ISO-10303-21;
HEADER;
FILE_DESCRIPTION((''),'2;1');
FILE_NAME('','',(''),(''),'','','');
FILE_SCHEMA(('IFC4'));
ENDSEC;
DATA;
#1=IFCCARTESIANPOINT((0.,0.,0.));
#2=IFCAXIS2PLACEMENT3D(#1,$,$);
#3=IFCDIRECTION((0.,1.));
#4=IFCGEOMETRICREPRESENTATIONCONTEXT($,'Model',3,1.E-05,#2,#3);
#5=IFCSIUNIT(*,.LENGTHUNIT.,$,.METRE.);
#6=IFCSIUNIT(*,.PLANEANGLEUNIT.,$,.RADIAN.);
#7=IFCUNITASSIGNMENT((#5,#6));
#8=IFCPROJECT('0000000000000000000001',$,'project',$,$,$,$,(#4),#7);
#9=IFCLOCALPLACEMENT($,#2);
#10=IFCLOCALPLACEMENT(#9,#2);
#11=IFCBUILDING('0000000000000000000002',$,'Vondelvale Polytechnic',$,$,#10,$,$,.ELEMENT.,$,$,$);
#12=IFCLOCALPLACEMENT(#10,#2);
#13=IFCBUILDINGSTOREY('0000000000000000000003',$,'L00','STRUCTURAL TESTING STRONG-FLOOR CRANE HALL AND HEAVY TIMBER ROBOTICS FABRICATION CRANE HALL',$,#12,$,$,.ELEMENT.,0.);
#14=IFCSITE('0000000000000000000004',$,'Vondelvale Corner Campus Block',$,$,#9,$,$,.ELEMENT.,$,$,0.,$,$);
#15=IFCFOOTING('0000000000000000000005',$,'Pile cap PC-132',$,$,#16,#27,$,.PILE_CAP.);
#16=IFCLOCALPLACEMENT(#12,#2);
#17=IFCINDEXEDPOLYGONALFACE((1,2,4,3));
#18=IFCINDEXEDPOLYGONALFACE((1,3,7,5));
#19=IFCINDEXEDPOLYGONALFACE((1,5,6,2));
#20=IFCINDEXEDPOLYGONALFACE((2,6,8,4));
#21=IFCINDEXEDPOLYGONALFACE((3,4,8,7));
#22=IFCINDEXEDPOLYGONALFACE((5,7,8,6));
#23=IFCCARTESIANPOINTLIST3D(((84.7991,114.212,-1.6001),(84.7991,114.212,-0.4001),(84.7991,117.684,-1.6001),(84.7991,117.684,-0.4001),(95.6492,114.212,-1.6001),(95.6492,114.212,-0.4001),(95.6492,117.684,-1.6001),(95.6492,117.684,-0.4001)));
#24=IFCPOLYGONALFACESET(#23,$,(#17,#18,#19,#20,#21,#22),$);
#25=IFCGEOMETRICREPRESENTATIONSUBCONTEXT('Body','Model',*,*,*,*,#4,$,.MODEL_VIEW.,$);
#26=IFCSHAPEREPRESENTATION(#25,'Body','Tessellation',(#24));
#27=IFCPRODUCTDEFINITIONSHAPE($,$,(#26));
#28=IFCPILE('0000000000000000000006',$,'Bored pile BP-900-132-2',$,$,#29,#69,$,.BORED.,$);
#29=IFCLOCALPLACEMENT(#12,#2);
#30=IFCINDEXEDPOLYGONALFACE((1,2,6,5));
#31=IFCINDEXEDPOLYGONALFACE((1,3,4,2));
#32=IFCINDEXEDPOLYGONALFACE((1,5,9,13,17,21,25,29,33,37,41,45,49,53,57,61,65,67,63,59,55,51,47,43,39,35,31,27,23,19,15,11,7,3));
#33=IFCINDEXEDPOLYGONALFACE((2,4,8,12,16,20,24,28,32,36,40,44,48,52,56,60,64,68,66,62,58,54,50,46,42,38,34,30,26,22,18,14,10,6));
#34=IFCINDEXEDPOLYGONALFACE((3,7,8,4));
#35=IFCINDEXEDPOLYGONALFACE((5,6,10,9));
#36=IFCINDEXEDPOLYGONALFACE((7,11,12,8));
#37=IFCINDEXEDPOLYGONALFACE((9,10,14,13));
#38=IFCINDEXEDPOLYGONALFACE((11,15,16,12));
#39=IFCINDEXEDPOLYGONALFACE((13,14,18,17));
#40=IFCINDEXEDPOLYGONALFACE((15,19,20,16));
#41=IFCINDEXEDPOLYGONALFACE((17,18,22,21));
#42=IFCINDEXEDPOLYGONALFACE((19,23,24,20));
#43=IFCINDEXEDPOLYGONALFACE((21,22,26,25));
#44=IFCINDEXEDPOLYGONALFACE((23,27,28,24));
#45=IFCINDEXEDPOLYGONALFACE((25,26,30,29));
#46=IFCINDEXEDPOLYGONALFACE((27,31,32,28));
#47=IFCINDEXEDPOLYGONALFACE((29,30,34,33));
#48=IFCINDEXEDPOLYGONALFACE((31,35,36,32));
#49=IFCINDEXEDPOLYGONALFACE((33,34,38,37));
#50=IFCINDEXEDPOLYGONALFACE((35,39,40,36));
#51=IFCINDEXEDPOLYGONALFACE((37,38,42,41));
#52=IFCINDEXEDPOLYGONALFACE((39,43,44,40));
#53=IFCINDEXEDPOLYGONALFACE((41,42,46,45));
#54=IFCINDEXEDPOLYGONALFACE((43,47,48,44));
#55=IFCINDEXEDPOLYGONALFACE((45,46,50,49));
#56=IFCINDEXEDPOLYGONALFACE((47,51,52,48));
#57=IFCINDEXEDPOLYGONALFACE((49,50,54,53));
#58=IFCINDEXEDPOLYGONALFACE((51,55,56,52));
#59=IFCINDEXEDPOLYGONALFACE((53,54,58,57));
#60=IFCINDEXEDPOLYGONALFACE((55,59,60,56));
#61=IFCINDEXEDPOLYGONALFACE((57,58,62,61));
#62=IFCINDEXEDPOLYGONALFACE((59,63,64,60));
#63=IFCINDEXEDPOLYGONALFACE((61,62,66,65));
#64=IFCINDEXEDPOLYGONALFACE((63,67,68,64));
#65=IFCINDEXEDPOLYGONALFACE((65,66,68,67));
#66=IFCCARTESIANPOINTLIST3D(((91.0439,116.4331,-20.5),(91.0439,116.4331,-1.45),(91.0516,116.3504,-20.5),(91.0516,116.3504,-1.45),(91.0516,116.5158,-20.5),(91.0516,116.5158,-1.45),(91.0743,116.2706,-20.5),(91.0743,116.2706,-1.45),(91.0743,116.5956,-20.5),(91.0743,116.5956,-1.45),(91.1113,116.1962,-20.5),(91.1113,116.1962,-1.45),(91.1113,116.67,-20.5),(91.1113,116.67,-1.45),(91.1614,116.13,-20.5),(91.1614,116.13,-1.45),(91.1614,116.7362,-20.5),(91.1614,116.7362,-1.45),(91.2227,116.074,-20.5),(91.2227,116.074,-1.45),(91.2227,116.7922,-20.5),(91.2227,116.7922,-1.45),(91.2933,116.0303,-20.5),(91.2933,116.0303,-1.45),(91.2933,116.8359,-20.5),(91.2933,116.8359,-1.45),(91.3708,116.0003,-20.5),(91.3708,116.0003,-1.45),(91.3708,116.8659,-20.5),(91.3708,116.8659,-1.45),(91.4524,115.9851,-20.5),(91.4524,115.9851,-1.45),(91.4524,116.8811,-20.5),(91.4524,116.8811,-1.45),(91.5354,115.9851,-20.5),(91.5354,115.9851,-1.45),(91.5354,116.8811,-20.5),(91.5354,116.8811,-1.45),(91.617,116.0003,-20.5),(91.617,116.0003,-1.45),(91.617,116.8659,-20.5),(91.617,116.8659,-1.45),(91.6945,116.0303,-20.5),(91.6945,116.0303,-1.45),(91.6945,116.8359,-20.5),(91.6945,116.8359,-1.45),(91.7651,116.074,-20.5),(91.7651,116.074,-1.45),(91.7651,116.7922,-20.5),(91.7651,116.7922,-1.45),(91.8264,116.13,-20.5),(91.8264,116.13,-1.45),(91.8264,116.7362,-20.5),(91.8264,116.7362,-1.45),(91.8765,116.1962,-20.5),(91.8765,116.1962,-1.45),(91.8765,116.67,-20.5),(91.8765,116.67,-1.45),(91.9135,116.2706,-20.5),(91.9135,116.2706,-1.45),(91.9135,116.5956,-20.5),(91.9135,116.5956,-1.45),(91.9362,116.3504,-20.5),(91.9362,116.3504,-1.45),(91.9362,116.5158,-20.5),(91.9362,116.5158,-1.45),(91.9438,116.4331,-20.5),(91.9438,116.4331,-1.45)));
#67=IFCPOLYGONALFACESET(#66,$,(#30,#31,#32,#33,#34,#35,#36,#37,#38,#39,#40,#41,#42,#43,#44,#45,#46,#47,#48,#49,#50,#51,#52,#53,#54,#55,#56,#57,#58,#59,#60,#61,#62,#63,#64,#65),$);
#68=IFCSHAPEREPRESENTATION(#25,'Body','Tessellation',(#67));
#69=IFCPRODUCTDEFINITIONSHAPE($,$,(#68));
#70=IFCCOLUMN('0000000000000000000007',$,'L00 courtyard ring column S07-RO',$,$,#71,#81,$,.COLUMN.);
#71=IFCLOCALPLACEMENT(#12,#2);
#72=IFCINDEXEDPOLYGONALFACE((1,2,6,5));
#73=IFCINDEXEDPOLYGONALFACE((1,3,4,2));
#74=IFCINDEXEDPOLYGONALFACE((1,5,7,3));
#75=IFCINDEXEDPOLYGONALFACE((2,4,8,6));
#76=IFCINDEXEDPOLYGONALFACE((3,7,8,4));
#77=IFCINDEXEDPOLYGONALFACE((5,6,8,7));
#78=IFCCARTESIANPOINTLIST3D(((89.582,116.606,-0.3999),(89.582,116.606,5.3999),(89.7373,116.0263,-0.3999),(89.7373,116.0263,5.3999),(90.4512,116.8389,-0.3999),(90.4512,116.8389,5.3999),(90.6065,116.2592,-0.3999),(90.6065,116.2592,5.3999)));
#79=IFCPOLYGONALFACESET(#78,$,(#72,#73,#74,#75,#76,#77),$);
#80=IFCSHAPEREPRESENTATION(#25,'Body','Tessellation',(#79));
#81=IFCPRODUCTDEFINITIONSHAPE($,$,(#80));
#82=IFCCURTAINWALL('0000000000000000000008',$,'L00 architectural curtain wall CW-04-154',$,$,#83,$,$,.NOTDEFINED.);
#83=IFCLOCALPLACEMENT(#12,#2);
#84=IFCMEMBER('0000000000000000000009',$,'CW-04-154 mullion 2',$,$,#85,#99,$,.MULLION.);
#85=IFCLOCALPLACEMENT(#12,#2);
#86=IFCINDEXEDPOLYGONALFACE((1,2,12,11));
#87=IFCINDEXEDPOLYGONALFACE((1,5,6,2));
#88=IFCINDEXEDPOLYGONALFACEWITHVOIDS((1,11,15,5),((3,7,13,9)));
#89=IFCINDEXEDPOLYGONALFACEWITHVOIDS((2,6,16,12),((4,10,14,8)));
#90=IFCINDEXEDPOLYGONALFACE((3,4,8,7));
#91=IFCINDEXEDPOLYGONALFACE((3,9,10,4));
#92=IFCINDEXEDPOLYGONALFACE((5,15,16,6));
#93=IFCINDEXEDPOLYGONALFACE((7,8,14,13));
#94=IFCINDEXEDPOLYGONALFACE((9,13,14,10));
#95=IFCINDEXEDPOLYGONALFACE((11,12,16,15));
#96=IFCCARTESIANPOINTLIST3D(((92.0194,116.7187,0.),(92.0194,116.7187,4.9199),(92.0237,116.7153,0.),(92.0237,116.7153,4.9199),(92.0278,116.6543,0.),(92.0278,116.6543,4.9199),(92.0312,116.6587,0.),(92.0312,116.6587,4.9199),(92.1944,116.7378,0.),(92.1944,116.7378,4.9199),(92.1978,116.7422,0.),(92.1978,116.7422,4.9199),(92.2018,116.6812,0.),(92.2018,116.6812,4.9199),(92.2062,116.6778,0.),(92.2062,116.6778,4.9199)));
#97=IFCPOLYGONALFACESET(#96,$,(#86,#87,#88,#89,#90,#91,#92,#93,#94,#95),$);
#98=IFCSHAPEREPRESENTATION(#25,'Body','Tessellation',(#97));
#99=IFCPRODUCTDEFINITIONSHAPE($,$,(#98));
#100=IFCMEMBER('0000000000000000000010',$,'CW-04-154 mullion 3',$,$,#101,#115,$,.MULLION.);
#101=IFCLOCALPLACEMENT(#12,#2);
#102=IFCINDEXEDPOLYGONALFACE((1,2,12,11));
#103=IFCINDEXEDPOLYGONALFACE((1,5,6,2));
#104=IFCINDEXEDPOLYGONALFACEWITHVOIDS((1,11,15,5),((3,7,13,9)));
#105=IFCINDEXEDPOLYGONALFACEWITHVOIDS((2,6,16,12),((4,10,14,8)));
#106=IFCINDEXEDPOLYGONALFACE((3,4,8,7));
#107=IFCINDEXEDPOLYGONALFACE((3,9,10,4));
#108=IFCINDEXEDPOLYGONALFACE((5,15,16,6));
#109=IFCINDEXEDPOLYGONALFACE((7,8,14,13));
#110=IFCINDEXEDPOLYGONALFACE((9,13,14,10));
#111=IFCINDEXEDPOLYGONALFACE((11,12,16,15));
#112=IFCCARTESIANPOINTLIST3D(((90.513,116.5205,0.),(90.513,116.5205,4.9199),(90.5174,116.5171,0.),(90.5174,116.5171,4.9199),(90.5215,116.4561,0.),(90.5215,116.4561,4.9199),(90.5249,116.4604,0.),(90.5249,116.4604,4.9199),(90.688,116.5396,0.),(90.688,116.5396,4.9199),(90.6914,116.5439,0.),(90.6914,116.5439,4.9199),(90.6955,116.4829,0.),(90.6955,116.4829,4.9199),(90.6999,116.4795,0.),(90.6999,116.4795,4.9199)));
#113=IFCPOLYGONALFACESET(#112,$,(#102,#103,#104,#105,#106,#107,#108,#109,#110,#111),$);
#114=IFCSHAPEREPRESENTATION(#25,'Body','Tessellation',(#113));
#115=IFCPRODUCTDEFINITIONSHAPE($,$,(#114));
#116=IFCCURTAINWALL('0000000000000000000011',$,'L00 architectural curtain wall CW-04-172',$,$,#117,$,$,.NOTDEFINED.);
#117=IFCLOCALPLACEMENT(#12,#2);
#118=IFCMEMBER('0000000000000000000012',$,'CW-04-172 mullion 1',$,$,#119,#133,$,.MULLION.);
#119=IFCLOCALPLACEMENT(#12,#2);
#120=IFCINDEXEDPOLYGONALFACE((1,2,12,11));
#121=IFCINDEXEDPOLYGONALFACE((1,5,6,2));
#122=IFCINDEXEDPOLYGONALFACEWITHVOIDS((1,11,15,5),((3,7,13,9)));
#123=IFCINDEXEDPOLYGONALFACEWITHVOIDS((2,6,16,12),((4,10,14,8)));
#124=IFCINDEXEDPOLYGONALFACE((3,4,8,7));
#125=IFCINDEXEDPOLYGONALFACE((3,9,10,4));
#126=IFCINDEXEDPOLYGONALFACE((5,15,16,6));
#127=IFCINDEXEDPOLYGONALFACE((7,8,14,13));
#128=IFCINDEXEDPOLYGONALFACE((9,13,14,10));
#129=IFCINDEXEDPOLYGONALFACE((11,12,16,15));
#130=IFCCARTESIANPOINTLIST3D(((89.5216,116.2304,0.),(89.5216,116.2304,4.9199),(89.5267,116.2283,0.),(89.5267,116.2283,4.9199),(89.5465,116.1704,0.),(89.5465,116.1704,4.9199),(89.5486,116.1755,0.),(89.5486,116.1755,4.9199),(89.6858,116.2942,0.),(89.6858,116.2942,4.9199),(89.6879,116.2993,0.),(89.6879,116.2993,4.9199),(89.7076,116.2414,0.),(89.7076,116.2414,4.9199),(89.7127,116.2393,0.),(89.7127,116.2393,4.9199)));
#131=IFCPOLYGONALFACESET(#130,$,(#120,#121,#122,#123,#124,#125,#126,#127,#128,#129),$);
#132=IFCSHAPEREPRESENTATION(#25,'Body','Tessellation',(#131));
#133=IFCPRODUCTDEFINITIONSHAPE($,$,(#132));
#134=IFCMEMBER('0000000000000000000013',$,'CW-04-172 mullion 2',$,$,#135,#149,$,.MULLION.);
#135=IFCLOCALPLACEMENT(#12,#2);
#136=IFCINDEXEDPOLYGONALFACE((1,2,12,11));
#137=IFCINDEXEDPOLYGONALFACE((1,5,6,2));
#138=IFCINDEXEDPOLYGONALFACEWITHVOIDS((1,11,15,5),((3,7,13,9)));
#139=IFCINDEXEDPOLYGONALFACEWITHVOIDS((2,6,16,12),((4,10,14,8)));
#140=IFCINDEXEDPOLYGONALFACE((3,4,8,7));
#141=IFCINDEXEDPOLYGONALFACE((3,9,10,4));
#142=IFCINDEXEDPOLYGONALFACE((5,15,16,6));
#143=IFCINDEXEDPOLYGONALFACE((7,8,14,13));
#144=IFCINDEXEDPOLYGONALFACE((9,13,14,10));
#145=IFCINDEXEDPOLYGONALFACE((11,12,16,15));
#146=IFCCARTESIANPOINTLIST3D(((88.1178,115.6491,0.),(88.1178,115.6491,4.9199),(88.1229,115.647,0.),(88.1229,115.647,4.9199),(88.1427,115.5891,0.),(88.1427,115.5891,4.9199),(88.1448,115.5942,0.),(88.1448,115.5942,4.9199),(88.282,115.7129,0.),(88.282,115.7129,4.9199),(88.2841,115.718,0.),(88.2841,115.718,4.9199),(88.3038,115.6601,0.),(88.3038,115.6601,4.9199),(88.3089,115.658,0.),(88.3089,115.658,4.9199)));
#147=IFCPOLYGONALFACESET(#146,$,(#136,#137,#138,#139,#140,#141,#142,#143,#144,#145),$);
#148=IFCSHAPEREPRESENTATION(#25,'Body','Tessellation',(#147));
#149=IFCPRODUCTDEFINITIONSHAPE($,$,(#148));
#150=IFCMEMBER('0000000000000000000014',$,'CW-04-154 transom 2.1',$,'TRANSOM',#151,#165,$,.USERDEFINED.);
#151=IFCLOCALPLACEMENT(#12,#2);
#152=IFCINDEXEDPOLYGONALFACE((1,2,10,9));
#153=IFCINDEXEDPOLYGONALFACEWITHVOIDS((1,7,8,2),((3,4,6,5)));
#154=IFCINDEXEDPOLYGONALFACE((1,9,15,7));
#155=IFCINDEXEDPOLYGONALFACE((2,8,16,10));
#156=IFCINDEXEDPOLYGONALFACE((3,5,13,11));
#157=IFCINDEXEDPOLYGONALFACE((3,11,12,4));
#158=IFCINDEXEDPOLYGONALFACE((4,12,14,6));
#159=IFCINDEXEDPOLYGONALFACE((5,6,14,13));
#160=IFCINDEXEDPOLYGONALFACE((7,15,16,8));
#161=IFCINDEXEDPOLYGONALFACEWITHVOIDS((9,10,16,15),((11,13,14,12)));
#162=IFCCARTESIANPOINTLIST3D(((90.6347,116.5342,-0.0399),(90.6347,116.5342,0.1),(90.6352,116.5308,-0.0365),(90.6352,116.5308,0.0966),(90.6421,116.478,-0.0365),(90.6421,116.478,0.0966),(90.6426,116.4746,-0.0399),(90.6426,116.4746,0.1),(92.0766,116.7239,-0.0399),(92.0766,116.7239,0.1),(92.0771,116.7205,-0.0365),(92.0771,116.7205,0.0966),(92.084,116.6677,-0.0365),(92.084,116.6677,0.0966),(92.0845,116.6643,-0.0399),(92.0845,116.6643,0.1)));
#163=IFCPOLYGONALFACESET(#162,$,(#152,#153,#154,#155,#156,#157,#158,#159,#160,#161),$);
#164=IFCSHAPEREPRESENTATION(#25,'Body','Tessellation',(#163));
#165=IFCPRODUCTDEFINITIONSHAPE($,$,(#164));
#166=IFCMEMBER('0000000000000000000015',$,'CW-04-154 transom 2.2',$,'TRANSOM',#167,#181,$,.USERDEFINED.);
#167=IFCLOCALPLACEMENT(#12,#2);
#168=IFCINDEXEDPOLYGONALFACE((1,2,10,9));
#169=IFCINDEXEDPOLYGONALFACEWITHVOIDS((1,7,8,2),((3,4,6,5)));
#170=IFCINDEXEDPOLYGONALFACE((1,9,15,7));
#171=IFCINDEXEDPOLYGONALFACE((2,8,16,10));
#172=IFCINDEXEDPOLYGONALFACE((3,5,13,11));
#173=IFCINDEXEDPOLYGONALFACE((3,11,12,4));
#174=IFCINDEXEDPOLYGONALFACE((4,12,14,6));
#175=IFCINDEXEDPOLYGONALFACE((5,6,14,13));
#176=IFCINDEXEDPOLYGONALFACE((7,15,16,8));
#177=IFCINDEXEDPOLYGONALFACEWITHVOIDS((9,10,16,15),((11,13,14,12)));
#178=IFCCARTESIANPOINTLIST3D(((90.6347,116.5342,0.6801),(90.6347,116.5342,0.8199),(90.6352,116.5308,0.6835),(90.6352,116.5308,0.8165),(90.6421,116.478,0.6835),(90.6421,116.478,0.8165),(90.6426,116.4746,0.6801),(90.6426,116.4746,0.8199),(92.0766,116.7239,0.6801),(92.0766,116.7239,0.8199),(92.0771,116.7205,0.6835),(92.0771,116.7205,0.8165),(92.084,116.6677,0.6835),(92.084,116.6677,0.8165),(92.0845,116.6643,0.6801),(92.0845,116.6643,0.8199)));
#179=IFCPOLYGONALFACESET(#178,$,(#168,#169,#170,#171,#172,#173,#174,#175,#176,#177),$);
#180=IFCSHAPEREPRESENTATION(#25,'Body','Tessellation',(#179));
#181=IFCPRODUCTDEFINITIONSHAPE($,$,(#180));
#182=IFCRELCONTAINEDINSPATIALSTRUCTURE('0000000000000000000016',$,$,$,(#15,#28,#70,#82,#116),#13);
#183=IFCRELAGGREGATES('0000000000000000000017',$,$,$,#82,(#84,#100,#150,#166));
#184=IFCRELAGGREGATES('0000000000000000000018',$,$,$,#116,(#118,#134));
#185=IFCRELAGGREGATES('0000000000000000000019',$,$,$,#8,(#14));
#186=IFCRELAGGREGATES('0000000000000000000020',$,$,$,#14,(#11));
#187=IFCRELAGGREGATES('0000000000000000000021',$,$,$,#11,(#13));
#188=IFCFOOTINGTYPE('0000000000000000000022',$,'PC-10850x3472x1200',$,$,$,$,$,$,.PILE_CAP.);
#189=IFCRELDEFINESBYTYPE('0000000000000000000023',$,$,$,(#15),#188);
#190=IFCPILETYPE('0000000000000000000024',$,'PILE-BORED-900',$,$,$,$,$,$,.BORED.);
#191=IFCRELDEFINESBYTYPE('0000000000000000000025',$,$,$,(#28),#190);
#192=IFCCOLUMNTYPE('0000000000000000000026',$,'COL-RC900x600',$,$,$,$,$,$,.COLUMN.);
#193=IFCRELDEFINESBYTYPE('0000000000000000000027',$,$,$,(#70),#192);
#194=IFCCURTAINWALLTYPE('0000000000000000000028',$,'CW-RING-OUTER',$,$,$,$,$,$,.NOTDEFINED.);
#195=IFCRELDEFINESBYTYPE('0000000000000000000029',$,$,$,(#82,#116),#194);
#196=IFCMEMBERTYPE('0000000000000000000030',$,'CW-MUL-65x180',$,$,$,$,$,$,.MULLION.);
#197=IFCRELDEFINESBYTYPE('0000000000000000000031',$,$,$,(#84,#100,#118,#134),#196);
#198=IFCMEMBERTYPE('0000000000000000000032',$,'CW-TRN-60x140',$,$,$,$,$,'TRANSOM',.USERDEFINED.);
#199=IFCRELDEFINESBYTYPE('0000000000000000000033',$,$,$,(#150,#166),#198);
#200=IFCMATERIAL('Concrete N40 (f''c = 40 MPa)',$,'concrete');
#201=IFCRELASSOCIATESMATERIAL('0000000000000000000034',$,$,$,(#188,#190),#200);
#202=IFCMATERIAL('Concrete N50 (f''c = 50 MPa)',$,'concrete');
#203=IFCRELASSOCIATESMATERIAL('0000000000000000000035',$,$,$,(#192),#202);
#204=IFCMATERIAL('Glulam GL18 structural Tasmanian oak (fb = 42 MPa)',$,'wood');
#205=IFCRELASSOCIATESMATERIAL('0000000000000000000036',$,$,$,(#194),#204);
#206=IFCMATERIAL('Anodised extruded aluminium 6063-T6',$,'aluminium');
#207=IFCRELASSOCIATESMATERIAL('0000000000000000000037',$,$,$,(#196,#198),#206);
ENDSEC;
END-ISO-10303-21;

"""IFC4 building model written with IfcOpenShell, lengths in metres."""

from ifc_helpers import new_model, si_unit, direction, frame, origin, origin_2d, place, context, subcontext, project, spatial, rectangle, hollow_rectangle, circle, extrude, material, material_profile, profile_set, type_object, element, aggregate, save


model = new_model("IFC4")

# Units and contexts
model_context = context("Model", 3, precision=1e-05, world=origin(), true_north=direction((0.0, 1.0)))
body_context = subcontext(model_context, "Body", "Model", "MODEL_VIEW")
ifc_project = project(units=[si_unit("LENGTHUNIT", "METRE"), si_unit("PLANEANGLEUNIT", "RADIAN")], contexts=[model_context])

# Site, building, storey
site_placement = place(None, origin())
site = spatial("IfcSite", under=ifc_project, at=site_placement, Name="Vondelvale Corner Campus Block", CompositionType="ELEMENT", RefElevation=0.0)
building_placement = place(site_placement, origin())
building = spatial("IfcBuilding", under=site, at=building_placement, Name="Vondelvale Polytechnic", CompositionType="ELEMENT")
storey_placement = place(building_placement, origin())
storey = spatial("IfcBuildingStorey", under=building, at=storey_placement, Name="L00", Description="STRUCTURAL TESTING STRONG-FLOOR CRANE HALL AND HEAVY TIMBER ROBOTICS FABRICATION CRANE HALL", CompositionType="ELEMENT", Elevation=0.0)

# Footing
ifc_material_1 = material(Name="Concrete N40 (f'c = 40 MPa)", Category="concrete")
footing_type = type_object("IfcFootingType", Name="PC-10850x3472x1200", PredefinedType="PILE_CAP", material=ifc_material_1)
footing_placement = place(storey_placement, frame((90.2241, 115.948, -1.6001), z_axis=(0.0, 0.0, 1.0), x_axis=(1.0, 0.0, 0.0)))
element("IfcFooting", 1, at=footing_placement, inside=storey, type_object=footing_type, Name="Pile cap PC-132", PredefinedType="PILE_CAP", context=body_context, shape_type="SweptSolid", body=[
    extrude(rectangle(XDim=10.8501, YDim=3.4719, at=origin_2d()), origin(), (0.0, 0.0, 1.0), 1.2),
])

# Pile
ifc_material_profile_1 = material_profile(ifc_material_1, circle(Radius=0.45, at=origin_2d()), Name="PILE-D900")
ifc_profile_set_1 = profile_set([ifc_material_profile_1], Name="Concrete N40 (f'c = 40 MPa)")
pile_type = type_object("IfcPileType", Name="PILE-BORED-900", PredefinedType="BORED", material=ifc_profile_set_1)
pile_placement = place(storey_placement, frame((91.4939, 116.4331, -1.45), z_axis=(0.0, 0.0, -1.0), x_axis=(1.0, 0.0, 0.0)))
element("IfcPile", 2, at=pile_placement, inside=storey, type_object=pile_type, Name="Bored pile BP-900-132-2", PredefinedType="BORED", context=body_context, shape_type="SweptSolid", body=[
    extrude(circle(Radius=0.45, at=origin_2d()), origin(), (0.0, 0.0, 1.0), 19.05),
])

# Column
ifc_material_2 = material(Name="Concrete N50 (f'c = 50 MPa)", Category="concrete")
ifc_material_profile_2 = material_profile(ifc_material_2, rectangle(XDim=0.6001, YDim=0.8999, at=origin_2d()), Name="RC-COL-900x600")
ifc_profile_set_2 = profile_set([ifc_material_profile_2], Name="Concrete N50 (f'c = 50 MPa)")
column_type = type_object("IfcColumnType", Name="COL-RC900x600", PredefinedType="COLUMN", material=ifc_profile_set_2)
column_placement = place(storey_placement, frame((90.0942, 116.4326, -0.3999), z_axis=(0.0, 0.0, 1.0), x_axis=(-0.258819, 0.965926, 0.0)))
element("IfcColumn", 3, at=column_placement, inside=storey, type_object=column_type, Name="L00 courtyard ring column S07-RO", PredefinedType="COLUMN", context=body_context, shape_type="SweptSolid", body=[
    extrude(rectangle(XDim=0.6001, YDim=0.8999, at=origin_2d()), origin(), (0.0, 0.0, 1.0), 5.7998),
])

# Curtain walls, members
ifc_material_3 = material(Name="Glulam GL18 structural Tasmanian oak (fb = 42 MPa)", Category="wood")
curtain_wall_type = type_object("IfcCurtainWallType", Name="CW-RING-OUTER", PredefinedType="NOTDEFINED", material=ifc_material_3)
curtain_wall_1_placement = place(storey_placement, origin())
curtain_wall_1 = element("IfcCurtainWall", 4, at=curtain_wall_1_placement, inside=storey, type_object=curtain_wall_type, Name="L00 architectural curtain wall CW-04-154", PredefinedType="NOTDEFINED")
ifc_material_4 = material(Name="Anodised extruded aluminium 6063-T6", Category="aluminium")
ifc_material_profile_3 = material_profile(ifc_material_4, hollow_rectangle(XDim=0.0649, YDim=0.1799, WallThickness=0.0039, at=origin_2d()), Name="CW-MUL-180x65")
ifc_profile_set_3 = profile_set([ifc_material_profile_3], Name="Anodised extruded aluminium 6063-T6")
member_type_1 = type_object("IfcMemberType", Name="CW-MUL-65x180", PredefinedType="MULLION", material=ifc_profile_set_3)
member_1_placement = place(storey_placement, frame((92.1128, 116.6982, 0.0), z_axis=(0.0, 0.0, 1.0), x_axis=(0.130524, -0.991445, 0.0)))
member_1 = element("IfcMember", 5, at=member_1_placement, type_object=member_type_1, Name="CW-04-154 mullion 2", PredefinedType="MULLION", context=body_context, shape_type="SweptSolid", body=[
    extrude(hollow_rectangle(XDim=0.0649, YDim=0.1799, WallThickness=0.0039, at=origin_2d()), origin(), (0.0, 0.0, 1.0), 4.9199),
])
member_2_placement = place(storey_placement, frame((90.6064, 116.5, 0.0), z_axis=(0.0, 0.0, 1.0), x_axis=(0.130524, -0.991445, 0.0)))
member_2 = element("IfcMember", 6, at=member_2_placement, type_object=member_type_1, Name="CW-04-154 mullion 3", PredefinedType="MULLION", context=body_context, shape_type="SweptSolid", body=[
    extrude(hollow_rectangle(XDim=0.0649, YDim=0.1799, WallThickness=0.0039, at=origin_2d()), origin(), (0.0, 0.0, 1.0), 4.9199),
])
curtain_wall_2_placement = place(storey_placement, origin())
curtain_wall_2 = element("IfcCurtainWall", 7, at=curtain_wall_2_placement, inside=storey, type_object=curtain_wall_type, Name="L00 architectural curtain wall CW-04-172", PredefinedType="NOTDEFINED")
member_3_placement = place(storey_placement, frame((89.6172, 116.2349, 0.0), z_axis=(0.0, 0.0, 1.0), x_axis=(0.382679, -0.923881, 0.0)))
member_3 = element("IfcMember", 8, at=member_3_placement, type_object=member_type_1, Name="CW-04-172 mullion 1", PredefinedType="MULLION", context=body_context, shape_type="SweptSolid", body=[
    extrude(hollow_rectangle(XDim=0.0649, YDim=0.1799, WallThickness=0.0039, at=origin_2d()), origin(), (0.0, 0.0, 1.0), 4.9199),
])
member_4_placement = place(storey_placement, frame((88.2134, 115.6536, 0.0), z_axis=(0.0, 0.0, 1.0), x_axis=(0.382679, -0.923881, 0.0)))
member_4 = element("IfcMember", 9, at=member_4_placement, type_object=member_type_1, Name="CW-04-172 mullion 2", PredefinedType="MULLION", context=body_context, shape_type="SweptSolid", body=[
    extrude(hollow_rectangle(XDim=0.0649, YDim=0.1799, WallThickness=0.0039, at=origin_2d()), origin(), (0.0, 0.0, 1.0), 4.9199),
])

# Members
ifc_material_profile_4 = material_profile(ifc_material_4, hollow_rectangle(XDim=0.0601, YDim=0.1399, WallThickness=0.0034, at=origin_2d()), Name="CW-TRN-140x60")
ifc_profile_set_4 = profile_set([ifc_material_profile_4], Name="Anodised extruded aluminium 6063-T6")
member_type_2 = type_object("IfcMemberType", Name="CW-TRN-60x140", ElementType="TRANSOM", PredefinedType="USERDEFINED", material=ifc_profile_set_4)
member_5_placement = place(storey_placement, frame((92.0806, 116.6941, 0.03), z_axis=(-0.991457, -0.130437, 0.0), x_axis=(0.130437, -0.991457, 0.0)))
member_5 = element("IfcMember", 10, at=member_5_placement, type_object=member_type_2, Name="CW-04-154 transom 2.1", ObjectType="TRANSOM", PredefinedType="USERDEFINED", context=body_context, shape_type="SweptSolid", body=[
    extrude(hollow_rectangle(XDim=0.0601, YDim=0.1399, WallThickness=0.0034, at=origin_2d()), origin(), (0.0, 0.0, 1.0), 1.4543),
])
member_6_placement = place(storey_placement, frame((92.0806, 116.6941, 0.75), z_axis=(-0.991457, -0.130437, 0.0), x_axis=(0.130437, -0.991457, 0.0)))
member_6 = element("IfcMember", 11, at=member_6_placement, type_object=member_type_2, Name="CW-04-154 transom 2.2", ObjectType="TRANSOM", PredefinedType="USERDEFINED", context=body_context, shape_type="SweptSolid", body=[
    extrude(hollow_rectangle(XDim=0.0601, YDim=0.1399, WallThickness=0.0034, at=origin_2d()), origin(), (0.0, 0.0, 1.0), 1.4543),
])

aggregate(curtain_wall_1, [member_1, member_2, member_5, member_6])
aggregate(curtain_wall_2, [member_3, member_4])

save(model, "model.ifc")
